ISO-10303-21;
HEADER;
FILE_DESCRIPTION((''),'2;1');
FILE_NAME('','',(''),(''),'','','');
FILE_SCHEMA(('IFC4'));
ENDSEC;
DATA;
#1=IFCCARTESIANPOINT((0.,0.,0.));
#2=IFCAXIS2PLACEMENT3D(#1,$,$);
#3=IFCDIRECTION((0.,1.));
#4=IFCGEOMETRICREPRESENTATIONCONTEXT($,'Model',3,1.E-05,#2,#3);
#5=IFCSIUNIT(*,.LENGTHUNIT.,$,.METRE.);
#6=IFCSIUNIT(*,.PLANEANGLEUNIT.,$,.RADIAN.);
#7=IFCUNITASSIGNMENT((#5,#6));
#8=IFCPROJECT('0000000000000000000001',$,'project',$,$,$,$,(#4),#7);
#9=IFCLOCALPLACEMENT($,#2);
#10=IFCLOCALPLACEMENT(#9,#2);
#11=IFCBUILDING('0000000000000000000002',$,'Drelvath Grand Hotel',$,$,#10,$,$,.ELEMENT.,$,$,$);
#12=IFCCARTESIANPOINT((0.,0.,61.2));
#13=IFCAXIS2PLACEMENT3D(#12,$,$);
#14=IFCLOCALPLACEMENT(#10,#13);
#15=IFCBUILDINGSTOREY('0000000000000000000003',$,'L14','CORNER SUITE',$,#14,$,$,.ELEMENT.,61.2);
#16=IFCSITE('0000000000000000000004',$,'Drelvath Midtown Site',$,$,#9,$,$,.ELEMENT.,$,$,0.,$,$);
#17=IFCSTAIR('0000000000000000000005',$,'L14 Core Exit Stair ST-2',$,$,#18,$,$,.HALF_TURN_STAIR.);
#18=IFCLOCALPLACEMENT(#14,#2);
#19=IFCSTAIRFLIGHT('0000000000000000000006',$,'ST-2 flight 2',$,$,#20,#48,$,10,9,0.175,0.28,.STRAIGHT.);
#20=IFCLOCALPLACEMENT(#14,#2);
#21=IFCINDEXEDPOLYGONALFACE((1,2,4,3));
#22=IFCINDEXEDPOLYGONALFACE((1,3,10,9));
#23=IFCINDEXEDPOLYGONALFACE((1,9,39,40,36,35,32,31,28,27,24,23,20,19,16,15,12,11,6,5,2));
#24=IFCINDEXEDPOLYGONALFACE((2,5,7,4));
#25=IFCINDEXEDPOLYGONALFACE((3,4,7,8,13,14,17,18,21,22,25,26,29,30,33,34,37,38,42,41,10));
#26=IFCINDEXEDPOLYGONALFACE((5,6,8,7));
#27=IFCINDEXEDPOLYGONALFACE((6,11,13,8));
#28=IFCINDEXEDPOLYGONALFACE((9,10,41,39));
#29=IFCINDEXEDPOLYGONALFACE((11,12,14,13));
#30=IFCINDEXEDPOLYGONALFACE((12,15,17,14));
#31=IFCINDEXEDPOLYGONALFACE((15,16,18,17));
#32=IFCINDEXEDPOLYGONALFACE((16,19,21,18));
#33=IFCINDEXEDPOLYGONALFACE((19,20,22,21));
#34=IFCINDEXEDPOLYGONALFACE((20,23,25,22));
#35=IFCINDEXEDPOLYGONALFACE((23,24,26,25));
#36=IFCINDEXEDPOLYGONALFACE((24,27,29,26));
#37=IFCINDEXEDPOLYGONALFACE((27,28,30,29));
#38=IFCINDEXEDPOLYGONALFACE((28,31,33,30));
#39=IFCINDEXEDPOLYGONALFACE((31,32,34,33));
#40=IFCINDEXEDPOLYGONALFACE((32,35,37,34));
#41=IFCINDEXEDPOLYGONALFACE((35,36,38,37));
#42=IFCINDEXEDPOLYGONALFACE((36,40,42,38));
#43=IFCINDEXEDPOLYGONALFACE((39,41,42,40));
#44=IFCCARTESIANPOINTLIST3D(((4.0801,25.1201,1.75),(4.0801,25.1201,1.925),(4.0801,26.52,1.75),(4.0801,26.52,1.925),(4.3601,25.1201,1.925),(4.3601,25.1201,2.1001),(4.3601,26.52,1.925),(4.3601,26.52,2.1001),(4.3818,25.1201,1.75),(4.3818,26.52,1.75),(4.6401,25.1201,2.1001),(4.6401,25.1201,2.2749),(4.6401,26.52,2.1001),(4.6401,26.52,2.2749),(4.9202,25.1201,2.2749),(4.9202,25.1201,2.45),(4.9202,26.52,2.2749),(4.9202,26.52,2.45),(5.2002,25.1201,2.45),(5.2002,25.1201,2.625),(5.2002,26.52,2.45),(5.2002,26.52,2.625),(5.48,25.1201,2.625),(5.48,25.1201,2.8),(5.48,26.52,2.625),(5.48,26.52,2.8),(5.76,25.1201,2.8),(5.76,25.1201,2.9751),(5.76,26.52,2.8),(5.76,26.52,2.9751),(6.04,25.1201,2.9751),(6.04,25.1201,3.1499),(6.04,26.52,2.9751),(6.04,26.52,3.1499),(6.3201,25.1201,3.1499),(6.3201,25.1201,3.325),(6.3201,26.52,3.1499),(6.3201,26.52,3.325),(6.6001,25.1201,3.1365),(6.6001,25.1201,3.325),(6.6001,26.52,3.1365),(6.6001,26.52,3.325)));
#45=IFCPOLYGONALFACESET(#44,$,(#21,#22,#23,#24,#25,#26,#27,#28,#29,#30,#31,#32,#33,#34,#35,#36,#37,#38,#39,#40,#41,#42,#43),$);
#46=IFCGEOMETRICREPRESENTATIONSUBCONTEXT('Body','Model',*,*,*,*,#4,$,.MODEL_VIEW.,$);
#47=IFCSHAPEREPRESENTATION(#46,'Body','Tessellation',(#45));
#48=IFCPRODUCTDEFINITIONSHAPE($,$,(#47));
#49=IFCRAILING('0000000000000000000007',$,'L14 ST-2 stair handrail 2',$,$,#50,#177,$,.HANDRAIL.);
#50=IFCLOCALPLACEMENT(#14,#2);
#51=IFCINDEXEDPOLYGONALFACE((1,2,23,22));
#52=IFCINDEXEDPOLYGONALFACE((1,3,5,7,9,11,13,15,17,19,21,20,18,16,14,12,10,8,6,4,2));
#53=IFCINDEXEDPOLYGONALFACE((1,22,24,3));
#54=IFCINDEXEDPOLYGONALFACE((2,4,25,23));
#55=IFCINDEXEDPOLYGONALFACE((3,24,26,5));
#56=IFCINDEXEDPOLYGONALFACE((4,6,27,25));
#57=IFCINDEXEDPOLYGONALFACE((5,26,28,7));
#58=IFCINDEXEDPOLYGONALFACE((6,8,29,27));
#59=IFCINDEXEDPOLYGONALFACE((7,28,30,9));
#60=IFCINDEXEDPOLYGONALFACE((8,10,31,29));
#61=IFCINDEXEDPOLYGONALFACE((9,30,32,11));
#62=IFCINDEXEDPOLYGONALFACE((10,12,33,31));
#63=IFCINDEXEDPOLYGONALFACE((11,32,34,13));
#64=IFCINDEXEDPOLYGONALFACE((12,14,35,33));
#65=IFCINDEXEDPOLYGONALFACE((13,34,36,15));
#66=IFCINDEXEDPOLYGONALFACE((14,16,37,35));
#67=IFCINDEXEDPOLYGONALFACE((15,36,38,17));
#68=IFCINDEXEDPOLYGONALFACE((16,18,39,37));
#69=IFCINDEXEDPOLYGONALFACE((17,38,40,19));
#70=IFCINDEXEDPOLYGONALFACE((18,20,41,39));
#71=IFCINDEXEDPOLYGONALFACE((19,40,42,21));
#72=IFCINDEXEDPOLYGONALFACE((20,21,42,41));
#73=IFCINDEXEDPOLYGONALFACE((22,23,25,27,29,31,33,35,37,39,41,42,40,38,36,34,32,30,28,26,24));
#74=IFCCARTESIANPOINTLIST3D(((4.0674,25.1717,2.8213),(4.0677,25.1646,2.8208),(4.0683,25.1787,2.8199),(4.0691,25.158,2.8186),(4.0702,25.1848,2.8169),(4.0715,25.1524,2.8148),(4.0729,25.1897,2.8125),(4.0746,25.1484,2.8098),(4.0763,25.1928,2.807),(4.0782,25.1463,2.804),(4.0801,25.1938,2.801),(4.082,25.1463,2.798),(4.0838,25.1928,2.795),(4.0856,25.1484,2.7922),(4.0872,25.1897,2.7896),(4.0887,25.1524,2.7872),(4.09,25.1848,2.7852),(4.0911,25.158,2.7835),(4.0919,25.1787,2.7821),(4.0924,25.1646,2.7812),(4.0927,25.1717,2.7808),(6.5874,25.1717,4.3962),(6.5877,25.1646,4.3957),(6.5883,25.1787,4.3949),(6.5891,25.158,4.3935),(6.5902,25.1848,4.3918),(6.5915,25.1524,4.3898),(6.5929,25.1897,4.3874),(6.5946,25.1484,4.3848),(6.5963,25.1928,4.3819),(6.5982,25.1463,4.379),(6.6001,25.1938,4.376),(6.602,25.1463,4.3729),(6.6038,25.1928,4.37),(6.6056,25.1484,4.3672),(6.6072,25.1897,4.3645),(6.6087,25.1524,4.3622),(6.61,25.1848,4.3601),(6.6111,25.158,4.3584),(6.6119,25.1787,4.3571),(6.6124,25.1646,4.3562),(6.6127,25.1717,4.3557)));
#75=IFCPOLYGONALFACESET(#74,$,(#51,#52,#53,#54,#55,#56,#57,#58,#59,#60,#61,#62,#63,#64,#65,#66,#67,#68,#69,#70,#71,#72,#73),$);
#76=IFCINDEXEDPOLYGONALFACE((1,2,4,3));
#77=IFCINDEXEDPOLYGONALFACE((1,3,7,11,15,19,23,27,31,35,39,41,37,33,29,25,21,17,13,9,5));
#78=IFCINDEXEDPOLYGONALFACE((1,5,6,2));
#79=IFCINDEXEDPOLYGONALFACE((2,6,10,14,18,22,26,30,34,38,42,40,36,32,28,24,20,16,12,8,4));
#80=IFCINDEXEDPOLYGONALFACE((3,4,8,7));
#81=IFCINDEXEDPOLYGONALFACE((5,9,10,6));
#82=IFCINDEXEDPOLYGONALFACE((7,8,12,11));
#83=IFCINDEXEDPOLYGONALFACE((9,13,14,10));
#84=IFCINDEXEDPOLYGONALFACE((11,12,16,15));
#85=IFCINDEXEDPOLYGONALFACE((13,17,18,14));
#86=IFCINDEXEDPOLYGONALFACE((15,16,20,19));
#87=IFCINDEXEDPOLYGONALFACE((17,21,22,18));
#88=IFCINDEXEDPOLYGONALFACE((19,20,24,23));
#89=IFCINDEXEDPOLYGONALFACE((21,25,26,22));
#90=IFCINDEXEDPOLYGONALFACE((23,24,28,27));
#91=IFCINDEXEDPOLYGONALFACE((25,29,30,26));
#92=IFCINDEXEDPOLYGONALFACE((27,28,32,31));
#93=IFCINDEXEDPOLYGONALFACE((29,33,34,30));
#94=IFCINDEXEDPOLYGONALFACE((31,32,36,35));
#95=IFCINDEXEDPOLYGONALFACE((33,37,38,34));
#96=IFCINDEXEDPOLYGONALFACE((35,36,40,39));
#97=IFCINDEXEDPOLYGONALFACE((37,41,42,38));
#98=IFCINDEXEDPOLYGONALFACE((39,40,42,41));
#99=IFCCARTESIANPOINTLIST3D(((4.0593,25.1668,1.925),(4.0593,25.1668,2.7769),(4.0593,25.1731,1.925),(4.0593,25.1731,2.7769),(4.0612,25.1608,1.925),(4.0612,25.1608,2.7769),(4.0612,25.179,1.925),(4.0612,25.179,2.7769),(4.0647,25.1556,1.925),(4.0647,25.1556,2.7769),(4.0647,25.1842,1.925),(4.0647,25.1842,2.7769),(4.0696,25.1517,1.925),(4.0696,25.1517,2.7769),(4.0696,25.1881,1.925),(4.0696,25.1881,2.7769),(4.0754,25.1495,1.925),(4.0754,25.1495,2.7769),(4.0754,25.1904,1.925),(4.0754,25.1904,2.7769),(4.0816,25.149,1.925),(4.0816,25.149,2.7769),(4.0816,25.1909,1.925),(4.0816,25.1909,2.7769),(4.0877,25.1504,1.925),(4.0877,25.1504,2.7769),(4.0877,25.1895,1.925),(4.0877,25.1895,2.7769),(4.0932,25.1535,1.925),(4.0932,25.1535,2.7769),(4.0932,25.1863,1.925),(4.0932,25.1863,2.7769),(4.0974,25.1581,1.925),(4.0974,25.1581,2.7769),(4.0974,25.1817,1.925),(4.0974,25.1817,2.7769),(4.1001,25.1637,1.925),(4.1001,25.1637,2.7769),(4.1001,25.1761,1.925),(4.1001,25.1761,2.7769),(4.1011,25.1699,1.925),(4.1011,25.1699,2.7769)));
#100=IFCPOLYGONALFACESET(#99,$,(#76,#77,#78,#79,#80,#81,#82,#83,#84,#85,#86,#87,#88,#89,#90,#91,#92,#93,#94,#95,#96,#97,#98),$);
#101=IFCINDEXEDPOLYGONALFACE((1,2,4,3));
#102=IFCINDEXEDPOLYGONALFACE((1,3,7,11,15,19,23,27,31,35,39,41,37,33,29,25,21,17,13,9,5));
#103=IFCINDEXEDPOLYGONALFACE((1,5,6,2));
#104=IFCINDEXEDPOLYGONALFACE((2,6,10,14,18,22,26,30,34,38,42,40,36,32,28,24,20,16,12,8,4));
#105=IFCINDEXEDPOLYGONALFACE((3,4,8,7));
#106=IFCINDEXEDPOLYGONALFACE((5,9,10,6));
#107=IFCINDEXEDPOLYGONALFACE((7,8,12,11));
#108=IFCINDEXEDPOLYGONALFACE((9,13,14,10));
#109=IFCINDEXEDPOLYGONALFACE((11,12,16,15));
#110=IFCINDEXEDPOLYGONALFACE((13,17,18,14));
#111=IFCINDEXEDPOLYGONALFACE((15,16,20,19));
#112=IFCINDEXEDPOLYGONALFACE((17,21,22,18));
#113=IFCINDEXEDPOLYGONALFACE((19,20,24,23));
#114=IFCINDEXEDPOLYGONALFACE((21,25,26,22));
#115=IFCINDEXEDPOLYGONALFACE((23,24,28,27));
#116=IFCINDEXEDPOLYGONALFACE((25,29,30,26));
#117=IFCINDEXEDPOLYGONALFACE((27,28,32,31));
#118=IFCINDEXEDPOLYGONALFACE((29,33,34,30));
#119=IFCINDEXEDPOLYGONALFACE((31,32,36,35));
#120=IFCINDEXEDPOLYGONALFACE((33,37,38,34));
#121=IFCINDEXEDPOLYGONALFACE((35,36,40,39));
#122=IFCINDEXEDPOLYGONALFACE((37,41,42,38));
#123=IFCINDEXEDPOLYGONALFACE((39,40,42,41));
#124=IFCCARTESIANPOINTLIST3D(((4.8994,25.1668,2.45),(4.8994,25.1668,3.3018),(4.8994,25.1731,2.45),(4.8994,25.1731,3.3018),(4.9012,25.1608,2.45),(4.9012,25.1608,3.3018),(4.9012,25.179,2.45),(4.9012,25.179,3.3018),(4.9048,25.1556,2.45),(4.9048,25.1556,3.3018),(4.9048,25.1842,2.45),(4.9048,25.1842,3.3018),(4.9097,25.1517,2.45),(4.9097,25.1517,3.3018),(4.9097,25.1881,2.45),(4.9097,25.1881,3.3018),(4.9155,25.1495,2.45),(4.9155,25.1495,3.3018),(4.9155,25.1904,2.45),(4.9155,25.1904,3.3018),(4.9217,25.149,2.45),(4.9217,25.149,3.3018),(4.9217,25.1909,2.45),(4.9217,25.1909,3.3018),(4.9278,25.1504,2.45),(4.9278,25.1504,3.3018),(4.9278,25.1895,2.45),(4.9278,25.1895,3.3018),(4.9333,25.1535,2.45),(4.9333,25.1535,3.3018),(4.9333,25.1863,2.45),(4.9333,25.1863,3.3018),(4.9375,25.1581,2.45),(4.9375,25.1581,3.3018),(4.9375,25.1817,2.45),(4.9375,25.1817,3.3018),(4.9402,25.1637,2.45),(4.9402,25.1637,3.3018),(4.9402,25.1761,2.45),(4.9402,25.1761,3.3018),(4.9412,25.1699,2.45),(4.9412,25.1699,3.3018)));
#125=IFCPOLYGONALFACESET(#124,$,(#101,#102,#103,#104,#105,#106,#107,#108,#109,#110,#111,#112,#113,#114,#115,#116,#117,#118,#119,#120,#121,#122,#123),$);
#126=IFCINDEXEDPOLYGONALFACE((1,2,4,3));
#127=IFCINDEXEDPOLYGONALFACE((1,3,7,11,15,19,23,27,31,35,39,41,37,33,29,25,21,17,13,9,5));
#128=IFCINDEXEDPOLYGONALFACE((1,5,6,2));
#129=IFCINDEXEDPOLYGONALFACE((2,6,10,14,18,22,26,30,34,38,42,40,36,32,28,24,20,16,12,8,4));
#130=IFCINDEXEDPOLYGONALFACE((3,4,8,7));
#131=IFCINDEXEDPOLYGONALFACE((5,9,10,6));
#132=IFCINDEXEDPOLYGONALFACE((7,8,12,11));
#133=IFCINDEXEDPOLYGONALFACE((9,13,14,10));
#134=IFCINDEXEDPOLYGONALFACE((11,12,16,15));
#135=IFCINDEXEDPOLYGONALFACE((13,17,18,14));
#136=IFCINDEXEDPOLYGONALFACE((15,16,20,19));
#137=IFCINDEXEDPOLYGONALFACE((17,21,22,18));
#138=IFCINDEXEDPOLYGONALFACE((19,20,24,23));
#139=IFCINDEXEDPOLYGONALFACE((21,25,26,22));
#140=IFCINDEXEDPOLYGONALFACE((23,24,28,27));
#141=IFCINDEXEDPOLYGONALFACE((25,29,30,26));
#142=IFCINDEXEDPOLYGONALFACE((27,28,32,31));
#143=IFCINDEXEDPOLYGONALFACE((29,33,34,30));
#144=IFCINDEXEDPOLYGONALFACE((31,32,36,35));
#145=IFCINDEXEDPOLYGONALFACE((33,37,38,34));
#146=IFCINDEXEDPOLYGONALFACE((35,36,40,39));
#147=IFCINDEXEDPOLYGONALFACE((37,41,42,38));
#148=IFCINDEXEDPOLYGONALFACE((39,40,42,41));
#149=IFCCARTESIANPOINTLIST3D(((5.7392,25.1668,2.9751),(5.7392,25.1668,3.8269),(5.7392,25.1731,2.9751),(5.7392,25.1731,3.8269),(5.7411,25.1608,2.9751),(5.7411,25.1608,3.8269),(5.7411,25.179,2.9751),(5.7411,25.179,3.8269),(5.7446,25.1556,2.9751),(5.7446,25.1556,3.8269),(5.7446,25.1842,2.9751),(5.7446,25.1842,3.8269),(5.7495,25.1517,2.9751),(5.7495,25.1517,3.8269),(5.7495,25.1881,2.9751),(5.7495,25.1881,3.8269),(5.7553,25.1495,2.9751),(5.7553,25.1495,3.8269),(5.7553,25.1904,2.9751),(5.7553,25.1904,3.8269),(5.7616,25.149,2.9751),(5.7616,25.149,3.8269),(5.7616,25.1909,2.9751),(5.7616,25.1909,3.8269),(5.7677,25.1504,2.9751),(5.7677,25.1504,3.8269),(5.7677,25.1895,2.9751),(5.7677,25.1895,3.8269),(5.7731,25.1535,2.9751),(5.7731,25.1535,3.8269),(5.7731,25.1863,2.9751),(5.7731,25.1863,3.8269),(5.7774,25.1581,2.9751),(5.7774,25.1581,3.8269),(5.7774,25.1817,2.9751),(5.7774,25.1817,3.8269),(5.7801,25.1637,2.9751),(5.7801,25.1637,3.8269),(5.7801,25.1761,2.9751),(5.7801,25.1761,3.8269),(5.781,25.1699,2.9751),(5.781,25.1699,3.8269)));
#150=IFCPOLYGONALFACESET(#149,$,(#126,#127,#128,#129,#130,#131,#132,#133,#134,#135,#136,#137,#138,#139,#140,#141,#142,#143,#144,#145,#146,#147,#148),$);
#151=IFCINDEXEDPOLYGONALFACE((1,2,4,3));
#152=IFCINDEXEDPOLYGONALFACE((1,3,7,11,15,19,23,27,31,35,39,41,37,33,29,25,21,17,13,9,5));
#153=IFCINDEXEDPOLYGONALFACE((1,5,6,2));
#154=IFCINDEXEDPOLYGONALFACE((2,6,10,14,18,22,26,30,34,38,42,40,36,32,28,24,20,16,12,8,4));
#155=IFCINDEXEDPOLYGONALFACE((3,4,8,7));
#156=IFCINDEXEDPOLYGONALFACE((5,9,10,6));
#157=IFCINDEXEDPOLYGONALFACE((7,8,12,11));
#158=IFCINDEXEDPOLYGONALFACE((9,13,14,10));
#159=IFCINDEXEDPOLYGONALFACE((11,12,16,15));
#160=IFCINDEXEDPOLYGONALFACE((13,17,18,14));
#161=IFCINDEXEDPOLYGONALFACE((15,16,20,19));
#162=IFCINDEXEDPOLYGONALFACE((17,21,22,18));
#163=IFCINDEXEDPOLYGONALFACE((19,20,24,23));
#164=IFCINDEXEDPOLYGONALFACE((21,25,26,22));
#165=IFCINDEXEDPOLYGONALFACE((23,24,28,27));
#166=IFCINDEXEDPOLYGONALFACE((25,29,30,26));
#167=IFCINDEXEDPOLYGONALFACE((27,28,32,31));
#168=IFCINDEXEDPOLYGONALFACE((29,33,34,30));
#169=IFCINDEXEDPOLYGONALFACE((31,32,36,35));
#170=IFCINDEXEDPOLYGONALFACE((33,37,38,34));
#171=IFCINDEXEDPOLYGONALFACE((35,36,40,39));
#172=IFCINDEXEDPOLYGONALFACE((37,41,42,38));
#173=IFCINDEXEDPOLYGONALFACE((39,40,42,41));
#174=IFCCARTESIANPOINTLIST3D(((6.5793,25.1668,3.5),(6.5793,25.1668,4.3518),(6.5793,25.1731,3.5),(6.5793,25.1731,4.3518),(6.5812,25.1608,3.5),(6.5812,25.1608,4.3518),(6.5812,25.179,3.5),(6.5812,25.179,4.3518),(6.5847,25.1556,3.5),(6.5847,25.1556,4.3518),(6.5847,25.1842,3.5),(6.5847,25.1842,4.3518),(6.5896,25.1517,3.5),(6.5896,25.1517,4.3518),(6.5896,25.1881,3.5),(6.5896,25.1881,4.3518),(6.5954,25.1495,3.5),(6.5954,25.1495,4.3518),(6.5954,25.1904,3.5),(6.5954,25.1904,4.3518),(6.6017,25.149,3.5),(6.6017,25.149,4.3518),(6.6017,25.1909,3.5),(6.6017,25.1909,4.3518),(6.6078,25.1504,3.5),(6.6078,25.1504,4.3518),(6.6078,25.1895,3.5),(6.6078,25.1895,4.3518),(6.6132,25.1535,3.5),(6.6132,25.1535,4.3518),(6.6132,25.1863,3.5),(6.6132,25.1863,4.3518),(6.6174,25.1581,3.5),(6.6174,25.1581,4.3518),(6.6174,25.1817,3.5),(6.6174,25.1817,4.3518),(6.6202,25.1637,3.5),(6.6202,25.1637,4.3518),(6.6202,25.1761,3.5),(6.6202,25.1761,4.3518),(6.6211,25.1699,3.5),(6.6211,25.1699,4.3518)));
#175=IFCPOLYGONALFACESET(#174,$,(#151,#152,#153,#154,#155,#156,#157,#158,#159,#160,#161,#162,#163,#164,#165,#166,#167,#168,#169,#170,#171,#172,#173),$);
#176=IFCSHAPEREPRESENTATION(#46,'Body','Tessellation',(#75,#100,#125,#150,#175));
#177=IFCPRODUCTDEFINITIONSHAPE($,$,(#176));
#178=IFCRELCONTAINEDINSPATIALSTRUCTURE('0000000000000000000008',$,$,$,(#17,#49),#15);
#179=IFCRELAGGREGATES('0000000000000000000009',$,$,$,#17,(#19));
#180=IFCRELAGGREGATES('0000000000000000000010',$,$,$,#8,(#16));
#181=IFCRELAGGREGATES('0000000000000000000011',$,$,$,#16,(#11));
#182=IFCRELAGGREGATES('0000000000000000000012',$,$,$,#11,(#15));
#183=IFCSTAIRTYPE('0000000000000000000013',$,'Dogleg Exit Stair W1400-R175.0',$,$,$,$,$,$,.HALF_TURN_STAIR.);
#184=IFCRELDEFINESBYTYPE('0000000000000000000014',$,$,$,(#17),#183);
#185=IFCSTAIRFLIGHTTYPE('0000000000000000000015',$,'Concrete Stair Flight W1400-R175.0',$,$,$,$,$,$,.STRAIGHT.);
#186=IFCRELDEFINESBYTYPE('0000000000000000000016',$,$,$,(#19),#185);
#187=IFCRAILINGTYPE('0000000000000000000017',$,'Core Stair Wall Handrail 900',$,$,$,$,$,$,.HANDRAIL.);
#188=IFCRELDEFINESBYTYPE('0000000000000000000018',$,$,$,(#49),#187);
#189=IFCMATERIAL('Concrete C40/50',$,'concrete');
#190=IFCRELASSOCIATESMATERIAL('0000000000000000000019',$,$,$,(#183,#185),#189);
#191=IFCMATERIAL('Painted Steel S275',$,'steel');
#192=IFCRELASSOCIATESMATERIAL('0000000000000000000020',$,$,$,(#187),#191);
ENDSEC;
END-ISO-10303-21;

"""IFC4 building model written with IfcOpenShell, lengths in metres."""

from ifc_helpers import new_model, si_unit, direction, frame, origin, origin_2d, place, context, subcontext, project, spatial, polyline, circle, outline, extrude, material, type_object, element, aggregate, save


model = new_model("IFC4")

# Units and contexts
model_context = context("Model", 3, precision=1e-05, world=origin(), true_north=direction((0.0, 1.0)))
body_context = subcontext(model_context, "Body", "Model", "MODEL_VIEW")
ifc_project = project(units=[si_unit("LENGTHUNIT", "METRE"), si_unit("PLANEANGLEUNIT", "RADIAN")], contexts=[model_context])

# Site, building, storey
site_placement = place(None, origin())
site = spatial("IfcSite", under=ifc_project, at=site_placement, Name="Drelvath Midtown Site", CompositionType="ELEMENT", RefElevation=0.0)
building_placement = place(site_placement, origin())
building = spatial("IfcBuilding", under=site, at=building_placement, Name="Drelvath Grand Hotel", CompositionType="ELEMENT")
storey_placement = place(building_placement, frame((0.0, 0.0, 61.2)))
storey = spatial("IfcBuildingStorey", under=building, at=storey_placement, Name="L14", Description="CORNER SUITE", CompositionType="ELEMENT", Elevation=61.2)

# Shared definitions
ifc_material_1 = material(Name="Painted Steel S275", Category="steel")

# Shared definitions
ifc_material_2 = material(Name="Concrete C40/50", Category="concrete")

# Stair, stair flight
stair_type = type_object("IfcStairType", Name="Dogleg Exit Stair W1400-R175.0", PredefinedType="HALF_TURN_STAIR", material=ifc_material_2)
stair_placement = place(storey_placement, origin())
stair = element("IfcStair", 1, at=stair_placement, inside=storey, type_object=stair_type, Name="L14 Core Exit Stair ST-2", PredefinedType="HALF_TURN_STAIR")
stair_flight_type = type_object("IfcStairFlightType", Name="Concrete Stair Flight W1400-R175.0", PredefinedType="STRAIGHT", material=ifc_material_2)
stair_flight_placement = place(storey_placement, frame((4.0801, 25.8201, 1.75), z_axis=(0.0, 0.0, 1.0), x_axis=(1.0, 0.0, 0.0)))
stair_flight = element("IfcStairFlight", 2, at=stair_flight_placement, type_object=stair_flight_type, Name="ST-2 flight 2", NumberOfRisers=10, NumberOfTreads=9, PredefinedType="STRAIGHT", RiserHeight=0.175, TreadLength=0.28, context=body_context, shape_type="SweptSolid", body=[
    extrude(outline(polyline([(0.0, 0.0), (0.0, 0.175), (0.28, 0.175), (0.28, 0.3501), (0.5601, 0.3501), (0.5601, 0.5249), (0.8401, 0.5249), (0.8401, 0.7), (1.1201, 0.7), (1.1201, 0.875), (1.3999, 0.875), (1.3999, 1.05), (1.6799, 1.05), (1.6799, 1.2251), (1.96, 1.2251), (1.96, 1.3999), (2.24, 1.3999), (2.24, 1.575), (2.52, 1.575), (2.52, 1.75), (2.52, 1.3865), (0.3018, 0.0), (0.0, 0.0)])), frame((0.0, 0.7, 0.0), z_axis=(0.0, -1.0, 0.0), x_axis=(1.0, 0.0, 0.0)), (0.0, 0.0, 1.0), 1.3999),
])
aggregate(stair, [stair_flight])

# Railing
railing_type = type_object("IfcRailingType", Name="Core Stair Wall Handrail 900", PredefinedType="HANDRAIL", material=ifc_material_1)
railing_placement = place(storey_placement, frame((4.0801, 25.1699, 1.925)))
element("IfcRailing", 3, at=railing_placement, inside=storey, type_object=railing_type, Name="L14 ST-2 stair handrail 2", PredefinedType="HANDRAIL", context=body_context, shape_type="SweptSolid", body=[
    extrude(circle(Radius=0.0239, at=origin_2d()), frame((0.0, 0.0, 0.876), z_axis=(0.848008, 0.0, 0.529984), x_axis=(0.0, 1.0, 0.0)), (0.0, 0.0, 1.0), 2.9717),
    extrude(circle(Radius=0.021, at=origin_2d()), origin(), (0.0, 0.0, 1.0), 0.8518),
    extrude(circle(Radius=0.021, at=origin_2d()), frame((0.8401, 0.0, 0.5249)), (0.0, 0.0, 1.0), 0.8518),
    extrude(circle(Radius=0.021, at=origin_2d()), frame((1.6799, 0.0, 1.05)), (0.0, 0.0, 1.0), 0.8518),
    extrude(circle(Radius=0.021, at=origin_2d()), frame((2.52, 0.0, 1.575)), (0.0, 0.0, 1.0), 0.8518),
])

save(model, "model.ifc")
